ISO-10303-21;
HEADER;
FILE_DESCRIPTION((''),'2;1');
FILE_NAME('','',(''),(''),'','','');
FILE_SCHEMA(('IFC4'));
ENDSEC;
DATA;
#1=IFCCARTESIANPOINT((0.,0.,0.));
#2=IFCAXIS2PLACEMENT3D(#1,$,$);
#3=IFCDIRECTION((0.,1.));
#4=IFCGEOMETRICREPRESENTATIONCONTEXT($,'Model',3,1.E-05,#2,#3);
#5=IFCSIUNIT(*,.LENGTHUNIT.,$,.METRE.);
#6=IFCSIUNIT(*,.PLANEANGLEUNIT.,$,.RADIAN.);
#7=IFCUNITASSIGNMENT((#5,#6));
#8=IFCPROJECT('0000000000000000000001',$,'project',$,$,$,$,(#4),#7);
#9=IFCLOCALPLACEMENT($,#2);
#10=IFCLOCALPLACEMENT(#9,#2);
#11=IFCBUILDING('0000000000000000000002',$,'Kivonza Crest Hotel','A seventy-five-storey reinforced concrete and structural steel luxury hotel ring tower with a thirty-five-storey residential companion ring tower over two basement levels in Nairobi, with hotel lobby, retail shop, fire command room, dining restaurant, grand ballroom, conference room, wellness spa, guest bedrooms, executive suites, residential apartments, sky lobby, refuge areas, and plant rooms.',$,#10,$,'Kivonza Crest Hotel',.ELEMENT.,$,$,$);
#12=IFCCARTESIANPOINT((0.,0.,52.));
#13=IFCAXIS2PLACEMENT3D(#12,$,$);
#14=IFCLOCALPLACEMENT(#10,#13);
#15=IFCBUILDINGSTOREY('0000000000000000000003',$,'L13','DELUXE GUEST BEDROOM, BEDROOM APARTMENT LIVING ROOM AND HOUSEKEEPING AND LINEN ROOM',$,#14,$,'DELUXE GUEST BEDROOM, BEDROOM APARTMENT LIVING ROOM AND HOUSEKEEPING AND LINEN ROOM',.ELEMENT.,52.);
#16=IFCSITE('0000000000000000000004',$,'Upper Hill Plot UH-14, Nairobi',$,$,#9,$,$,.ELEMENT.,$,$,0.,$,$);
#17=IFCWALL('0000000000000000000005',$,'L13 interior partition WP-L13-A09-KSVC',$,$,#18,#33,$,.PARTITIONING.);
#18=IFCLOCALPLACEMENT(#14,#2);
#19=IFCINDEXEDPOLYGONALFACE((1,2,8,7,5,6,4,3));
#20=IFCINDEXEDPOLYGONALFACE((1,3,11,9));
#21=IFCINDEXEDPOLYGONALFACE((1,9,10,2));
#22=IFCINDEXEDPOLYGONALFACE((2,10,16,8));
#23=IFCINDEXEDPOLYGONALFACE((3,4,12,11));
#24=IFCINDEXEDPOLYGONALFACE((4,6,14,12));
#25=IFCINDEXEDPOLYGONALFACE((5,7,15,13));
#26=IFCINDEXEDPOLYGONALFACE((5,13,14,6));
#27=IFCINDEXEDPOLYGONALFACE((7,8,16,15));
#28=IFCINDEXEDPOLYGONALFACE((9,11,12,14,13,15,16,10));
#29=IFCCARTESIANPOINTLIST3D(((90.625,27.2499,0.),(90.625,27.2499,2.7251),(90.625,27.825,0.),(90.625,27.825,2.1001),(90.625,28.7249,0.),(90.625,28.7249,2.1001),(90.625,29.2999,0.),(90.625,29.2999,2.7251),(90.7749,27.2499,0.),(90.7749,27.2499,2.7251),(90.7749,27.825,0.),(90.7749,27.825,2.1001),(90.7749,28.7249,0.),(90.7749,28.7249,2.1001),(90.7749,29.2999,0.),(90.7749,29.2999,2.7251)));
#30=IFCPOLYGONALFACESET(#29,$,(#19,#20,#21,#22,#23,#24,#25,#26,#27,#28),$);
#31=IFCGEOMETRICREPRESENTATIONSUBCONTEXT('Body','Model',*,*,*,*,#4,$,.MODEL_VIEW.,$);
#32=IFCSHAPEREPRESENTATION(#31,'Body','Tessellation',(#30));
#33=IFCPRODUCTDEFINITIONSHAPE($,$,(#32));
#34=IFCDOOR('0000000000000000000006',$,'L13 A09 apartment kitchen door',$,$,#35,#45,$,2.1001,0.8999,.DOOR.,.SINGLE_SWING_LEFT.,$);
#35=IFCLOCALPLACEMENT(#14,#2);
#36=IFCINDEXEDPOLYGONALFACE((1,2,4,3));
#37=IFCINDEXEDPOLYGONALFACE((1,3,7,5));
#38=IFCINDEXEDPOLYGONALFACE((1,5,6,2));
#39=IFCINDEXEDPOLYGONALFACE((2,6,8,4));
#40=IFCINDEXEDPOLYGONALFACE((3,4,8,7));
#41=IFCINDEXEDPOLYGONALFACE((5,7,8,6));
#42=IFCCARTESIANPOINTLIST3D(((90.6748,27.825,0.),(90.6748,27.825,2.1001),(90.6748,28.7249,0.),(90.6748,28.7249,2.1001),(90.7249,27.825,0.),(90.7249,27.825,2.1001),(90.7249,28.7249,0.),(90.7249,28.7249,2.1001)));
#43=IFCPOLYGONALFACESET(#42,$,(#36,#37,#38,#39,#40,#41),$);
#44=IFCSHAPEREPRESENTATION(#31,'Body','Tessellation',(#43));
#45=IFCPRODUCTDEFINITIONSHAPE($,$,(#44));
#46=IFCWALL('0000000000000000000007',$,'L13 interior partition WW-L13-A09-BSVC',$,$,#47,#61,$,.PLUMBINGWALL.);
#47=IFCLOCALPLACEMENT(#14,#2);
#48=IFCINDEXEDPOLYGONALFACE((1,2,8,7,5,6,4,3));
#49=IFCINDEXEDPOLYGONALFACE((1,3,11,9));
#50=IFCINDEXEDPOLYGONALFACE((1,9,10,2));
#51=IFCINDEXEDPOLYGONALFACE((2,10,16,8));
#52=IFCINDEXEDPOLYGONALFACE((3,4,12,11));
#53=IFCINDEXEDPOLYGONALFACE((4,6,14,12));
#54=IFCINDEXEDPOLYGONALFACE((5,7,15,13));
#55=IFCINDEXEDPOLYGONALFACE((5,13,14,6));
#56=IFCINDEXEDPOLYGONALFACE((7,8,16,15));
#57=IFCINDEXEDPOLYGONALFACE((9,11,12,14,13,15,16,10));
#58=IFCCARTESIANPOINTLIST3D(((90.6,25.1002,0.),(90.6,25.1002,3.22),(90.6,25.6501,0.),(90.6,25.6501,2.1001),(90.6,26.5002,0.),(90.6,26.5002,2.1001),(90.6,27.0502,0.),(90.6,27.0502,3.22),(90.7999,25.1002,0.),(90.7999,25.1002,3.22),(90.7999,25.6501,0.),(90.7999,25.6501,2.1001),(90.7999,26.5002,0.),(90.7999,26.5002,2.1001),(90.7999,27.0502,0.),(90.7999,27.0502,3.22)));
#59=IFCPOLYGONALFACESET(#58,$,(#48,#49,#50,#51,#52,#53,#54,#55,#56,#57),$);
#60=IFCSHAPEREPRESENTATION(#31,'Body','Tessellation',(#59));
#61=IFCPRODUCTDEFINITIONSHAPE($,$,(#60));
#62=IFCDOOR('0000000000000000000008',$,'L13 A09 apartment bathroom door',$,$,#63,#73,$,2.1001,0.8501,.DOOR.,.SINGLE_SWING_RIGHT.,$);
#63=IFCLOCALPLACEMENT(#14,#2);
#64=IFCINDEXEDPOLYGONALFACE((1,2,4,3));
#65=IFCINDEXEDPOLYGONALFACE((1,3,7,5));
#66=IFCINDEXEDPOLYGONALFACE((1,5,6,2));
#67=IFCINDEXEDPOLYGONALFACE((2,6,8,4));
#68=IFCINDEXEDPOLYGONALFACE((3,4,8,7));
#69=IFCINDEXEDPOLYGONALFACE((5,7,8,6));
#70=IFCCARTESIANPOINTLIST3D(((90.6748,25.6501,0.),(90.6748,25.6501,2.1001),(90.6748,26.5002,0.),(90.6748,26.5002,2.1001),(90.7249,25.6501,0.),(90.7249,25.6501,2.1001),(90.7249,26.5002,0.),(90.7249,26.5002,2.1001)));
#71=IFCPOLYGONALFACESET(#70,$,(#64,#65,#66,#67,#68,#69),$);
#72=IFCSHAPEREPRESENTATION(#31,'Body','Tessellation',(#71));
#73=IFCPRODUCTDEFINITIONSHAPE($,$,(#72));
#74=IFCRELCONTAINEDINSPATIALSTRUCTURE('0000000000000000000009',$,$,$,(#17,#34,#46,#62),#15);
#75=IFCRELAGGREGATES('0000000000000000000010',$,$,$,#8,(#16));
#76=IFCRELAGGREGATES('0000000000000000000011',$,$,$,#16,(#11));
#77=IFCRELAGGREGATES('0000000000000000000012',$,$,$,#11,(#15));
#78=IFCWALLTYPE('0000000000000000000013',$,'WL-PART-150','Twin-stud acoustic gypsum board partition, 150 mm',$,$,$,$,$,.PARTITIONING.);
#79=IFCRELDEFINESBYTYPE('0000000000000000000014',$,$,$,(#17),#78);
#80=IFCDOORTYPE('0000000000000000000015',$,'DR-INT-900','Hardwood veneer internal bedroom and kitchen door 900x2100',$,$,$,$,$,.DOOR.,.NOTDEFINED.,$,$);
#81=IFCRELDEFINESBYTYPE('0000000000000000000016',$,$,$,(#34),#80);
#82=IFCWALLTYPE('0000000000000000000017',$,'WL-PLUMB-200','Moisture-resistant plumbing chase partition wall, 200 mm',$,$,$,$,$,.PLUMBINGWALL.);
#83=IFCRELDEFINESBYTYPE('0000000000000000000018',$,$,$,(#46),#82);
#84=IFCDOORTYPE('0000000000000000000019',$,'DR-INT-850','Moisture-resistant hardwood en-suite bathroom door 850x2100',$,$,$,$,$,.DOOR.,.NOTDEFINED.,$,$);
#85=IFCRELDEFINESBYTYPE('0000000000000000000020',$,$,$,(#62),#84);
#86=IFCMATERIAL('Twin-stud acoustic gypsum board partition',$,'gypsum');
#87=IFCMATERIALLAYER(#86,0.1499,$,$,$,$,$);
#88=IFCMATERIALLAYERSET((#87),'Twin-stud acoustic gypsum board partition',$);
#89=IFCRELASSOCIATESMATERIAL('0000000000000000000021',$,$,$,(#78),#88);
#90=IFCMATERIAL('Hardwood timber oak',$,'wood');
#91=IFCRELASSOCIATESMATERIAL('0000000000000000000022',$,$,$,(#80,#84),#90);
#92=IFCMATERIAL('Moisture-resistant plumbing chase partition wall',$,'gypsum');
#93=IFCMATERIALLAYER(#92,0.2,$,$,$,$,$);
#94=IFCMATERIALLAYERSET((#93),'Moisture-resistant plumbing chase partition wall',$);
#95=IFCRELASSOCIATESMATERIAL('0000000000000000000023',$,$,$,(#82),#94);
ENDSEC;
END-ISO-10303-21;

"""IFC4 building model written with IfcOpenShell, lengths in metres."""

from ifc_helpers import new_model, si_unit, direction, frame, frame_2d, origin, place, context, subcontext, project, spatial, rectangle, extrude, material, layer, layer_set, type_object, element, fill, save


model = new_model("IFC4")

# Units and contexts
model_context = context("Model", 3, precision=1e-05, world=origin(), true_north=direction((0.0, 1.0)))
body_context = subcontext(model_context, "Body", "Model", "MODEL_VIEW")
ifc_project = project(units=[si_unit("LENGTHUNIT", "METRE"), si_unit("PLANEANGLEUNIT", "RADIAN")], contexts=[model_context])

# Site, building, storey
site_placement = place(None, origin())
site = spatial("IfcSite", under=ifc_project, at=site_placement, Name="Upper Hill Plot UH-14, Nairobi", CompositionType="ELEMENT", RefElevation=0.0)
building_placement = place(site_placement, origin())
building = spatial("IfcBuilding", under=site, at=building_placement, Name="Kivonza Crest Hotel", Description="A seventy-five-storey reinforced concrete and structural steel luxury hotel ring tower with a thirty-five-storey residential companion ring tower over two basement levels in Nairobi, with hotel lobby, retail shop, fire command room, dining restaurant, grand ballroom, conference room, wellness spa, guest bedrooms, executive suites, residential apartments, sky lobby, refuge areas, and plant rooms.", LongName="Kivonza Crest Hotel", CompositionType="ELEMENT")
storey_placement = place(building_placement, frame((0.0, 0.0, 52.0)))
storey = spatial("IfcBuildingStorey", under=building, at=storey_placement, Name="L13", Description="DELUXE GUEST BEDROOM, BEDROOM APARTMENT LIVING ROOM AND HOUSEKEEPING AND LINEN ROOM", LongName="DELUXE GUEST BEDROOM, BEDROOM APARTMENT LIVING ROOM AND HOUSEKEEPING AND LINEN ROOM", CompositionType="ELEMENT", Elevation=52.0)

# Shared definitions
ifc_material_1 = material(Name="Twin-stud acoustic gypsum board partition", Category="gypsum")
ifc_layer_1 = layer(ifc_material_1, 0.1499)
ifc_layer_set_1 = layer_set([ifc_layer_1], Name="Twin-stud acoustic gypsum board partition")
wall_type_1 = type_object("IfcWallType", Name="WL-PART-150", Description="Twin-stud acoustic gypsum board partition, 150 mm", PredefinedType="PARTITIONING", material=ifc_layer_set_1)
ifc_material_2 = material(Name="Hardwood timber oak", Category="wood")
door_type_1 = type_object("IfcDoorType", Name="DR-INT-900", Description="Hardwood veneer internal bedroom and kitchen door 900x2100", OperationType="NOTDEFINED", PredefinedType="DOOR", material=ifc_material_2)

# Walls, openings, doors
wall_1_placement = place(storey_placement, frame((90.7, 27.25, 0.0), z_axis=(0.0, 0.0, 1.0), x_axis=(0.0, 1.0, 0.0)))
wall_1 = element("IfcWall", 1, at=wall_1_placement, inside=storey, type_object=wall_type_1, Name="L13 interior partition WP-L13-A09-KSVC", PredefinedType="PARTITIONING", context=body_context, shape_type="SweptSolid", body=[
    extrude(rectangle(XDim=2.05, YDim=0.1499, at=frame_2d((1.0249, 0.0))), origin(), (0.0, 0.0, 1.0), 2.7251),
])
opening_1_placement = place(wall_1_placement, frame((0.575, 0.0, 0.0)))
opening_1 = element("IfcOpeningElement", 2, at=opening_1_placement, cuts=wall_1, PredefinedType="OPENING", context=body_context, shape_type="SweptSolid", body=[
    extrude(rectangle(XDim=0.8999, YDim=2.1001, at=frame_2d((0.45, 1.05))), frame((0.0, 0.085, 0.0), z_axis=(0.0, -1.0, 0.0), x_axis=(1.0, 0.0, 0.0)), (0.0, 0.0, 1.0), 0.1699),
])
door_1_placement = place(opening_1_placement, frame((0.8999, 0.0, 0.0), z_axis=(0.0, 0.0, 1.0), x_axis=(-1.0, 0.0, 0.0)))
door_1 = element("IfcDoor", 3, at=door_1_placement, inside=storey, type_object=door_type_1, Name="L13 A09 apartment kitchen door", OperationType="SINGLE_SWING_LEFT", OverallHeight=2.1001, OverallWidth=0.8999, PredefinedType="DOOR", context=body_context, shape_type="SweptSolid", body=[
    extrude(rectangle(XDim=0.8999, YDim=2.1001, at=frame_2d((0.45, 1.05))), frame((0.0, 0.0249, 0.0), z_axis=(0.0, -1.0, 0.0), x_axis=(1.0, 0.0, 0.0)), (0.0, 0.0, 1.0), 0.05),
])
fill(opening_1, door_1)
ifc_material_3 = material(Name="Moisture-resistant plumbing chase partition wall", Category="gypsum")
ifc_layer_2 = layer(ifc_material_3, 0.2)
ifc_layer_set_2 = layer_set([ifc_layer_2], Name="Moisture-resistant plumbing chase partition wall")
wall_type_2 = type_object("IfcWallType", Name="WL-PLUMB-200", Description="Moisture-resistant plumbing chase partition wall, 200 mm", PredefinedType="PLUMBINGWALL", material=ifc_layer_set_2)
wall_2_placement = place(storey_placement, frame((90.7, 25.1001, 0.0), z_axis=(0.0, 0.0, 1.0), x_axis=(0.0, 1.0, 0.0)))
wall_2 = element("IfcWall", 4, at=wall_2_placement, inside=storey, type_object=wall_type_2, Name="L13 interior partition WW-L13-A09-BSVC", PredefinedType="PLUMBINGWALL", context=body_context, shape_type="SweptSolid", body=[
    extrude(rectangle(XDim=1.95, YDim=0.2, at=frame_2d((0.9751, 0.0))), origin(), (0.0, 0.0, 1.0), 3.22),
])
opening_2_placement = place(wall_2_placement, frame((0.55, 0.0, 0.0)))
opening_2 = element("IfcOpeningElement", 5, at=opening_2_placement, cuts=wall_2, PredefinedType="OPENING", context=body_context, shape_type="SweptSolid", body=[
    extrude(rectangle(XDim=0.8501, YDim=2.1001, at=frame_2d((0.425, 1.05))), frame((0.0, 0.1099, 0.0), z_axis=(0.0, -1.0, 0.0), x_axis=(1.0, 0.0, 0.0)), (0.0, 0.0, 1.0), 0.22),
])
door_type_2 = type_object("IfcDoorType", Name="DR-INT-850", Description="Moisture-resistant hardwood en-suite bathroom door 850x2100", OperationType="NOTDEFINED", PredefinedType="DOOR", material=ifc_material_2)
door_2_placement = place(opening_2_placement, frame((0.8501, 0.0, 0.0), z_axis=(0.0, 0.0, 1.0), x_axis=(-1.0, 0.0, 0.0)))
door_2 = element("IfcDoor", 6, at=door_2_placement, inside=storey, type_object=door_type_2, Name="L13 A09 apartment bathroom door", OperationType="SINGLE_SWING_RIGHT", OverallHeight=2.1001, OverallWidth=0.8501, PredefinedType="DOOR", context=body_context, shape_type="SweptSolid", body=[
    extrude(rectangle(XDim=0.8501, YDim=2.1001, at=frame_2d((0.425, 1.05))), frame((0.0, 0.0249, 0.0), z_axis=(0.0, -1.0, 0.0), x_axis=(1.0, 0.0, 0.0)), (0.0, 0.0, 1.0), 0.05),
])
fill(opening_2, door_2)

save(model, "model.ifc")
